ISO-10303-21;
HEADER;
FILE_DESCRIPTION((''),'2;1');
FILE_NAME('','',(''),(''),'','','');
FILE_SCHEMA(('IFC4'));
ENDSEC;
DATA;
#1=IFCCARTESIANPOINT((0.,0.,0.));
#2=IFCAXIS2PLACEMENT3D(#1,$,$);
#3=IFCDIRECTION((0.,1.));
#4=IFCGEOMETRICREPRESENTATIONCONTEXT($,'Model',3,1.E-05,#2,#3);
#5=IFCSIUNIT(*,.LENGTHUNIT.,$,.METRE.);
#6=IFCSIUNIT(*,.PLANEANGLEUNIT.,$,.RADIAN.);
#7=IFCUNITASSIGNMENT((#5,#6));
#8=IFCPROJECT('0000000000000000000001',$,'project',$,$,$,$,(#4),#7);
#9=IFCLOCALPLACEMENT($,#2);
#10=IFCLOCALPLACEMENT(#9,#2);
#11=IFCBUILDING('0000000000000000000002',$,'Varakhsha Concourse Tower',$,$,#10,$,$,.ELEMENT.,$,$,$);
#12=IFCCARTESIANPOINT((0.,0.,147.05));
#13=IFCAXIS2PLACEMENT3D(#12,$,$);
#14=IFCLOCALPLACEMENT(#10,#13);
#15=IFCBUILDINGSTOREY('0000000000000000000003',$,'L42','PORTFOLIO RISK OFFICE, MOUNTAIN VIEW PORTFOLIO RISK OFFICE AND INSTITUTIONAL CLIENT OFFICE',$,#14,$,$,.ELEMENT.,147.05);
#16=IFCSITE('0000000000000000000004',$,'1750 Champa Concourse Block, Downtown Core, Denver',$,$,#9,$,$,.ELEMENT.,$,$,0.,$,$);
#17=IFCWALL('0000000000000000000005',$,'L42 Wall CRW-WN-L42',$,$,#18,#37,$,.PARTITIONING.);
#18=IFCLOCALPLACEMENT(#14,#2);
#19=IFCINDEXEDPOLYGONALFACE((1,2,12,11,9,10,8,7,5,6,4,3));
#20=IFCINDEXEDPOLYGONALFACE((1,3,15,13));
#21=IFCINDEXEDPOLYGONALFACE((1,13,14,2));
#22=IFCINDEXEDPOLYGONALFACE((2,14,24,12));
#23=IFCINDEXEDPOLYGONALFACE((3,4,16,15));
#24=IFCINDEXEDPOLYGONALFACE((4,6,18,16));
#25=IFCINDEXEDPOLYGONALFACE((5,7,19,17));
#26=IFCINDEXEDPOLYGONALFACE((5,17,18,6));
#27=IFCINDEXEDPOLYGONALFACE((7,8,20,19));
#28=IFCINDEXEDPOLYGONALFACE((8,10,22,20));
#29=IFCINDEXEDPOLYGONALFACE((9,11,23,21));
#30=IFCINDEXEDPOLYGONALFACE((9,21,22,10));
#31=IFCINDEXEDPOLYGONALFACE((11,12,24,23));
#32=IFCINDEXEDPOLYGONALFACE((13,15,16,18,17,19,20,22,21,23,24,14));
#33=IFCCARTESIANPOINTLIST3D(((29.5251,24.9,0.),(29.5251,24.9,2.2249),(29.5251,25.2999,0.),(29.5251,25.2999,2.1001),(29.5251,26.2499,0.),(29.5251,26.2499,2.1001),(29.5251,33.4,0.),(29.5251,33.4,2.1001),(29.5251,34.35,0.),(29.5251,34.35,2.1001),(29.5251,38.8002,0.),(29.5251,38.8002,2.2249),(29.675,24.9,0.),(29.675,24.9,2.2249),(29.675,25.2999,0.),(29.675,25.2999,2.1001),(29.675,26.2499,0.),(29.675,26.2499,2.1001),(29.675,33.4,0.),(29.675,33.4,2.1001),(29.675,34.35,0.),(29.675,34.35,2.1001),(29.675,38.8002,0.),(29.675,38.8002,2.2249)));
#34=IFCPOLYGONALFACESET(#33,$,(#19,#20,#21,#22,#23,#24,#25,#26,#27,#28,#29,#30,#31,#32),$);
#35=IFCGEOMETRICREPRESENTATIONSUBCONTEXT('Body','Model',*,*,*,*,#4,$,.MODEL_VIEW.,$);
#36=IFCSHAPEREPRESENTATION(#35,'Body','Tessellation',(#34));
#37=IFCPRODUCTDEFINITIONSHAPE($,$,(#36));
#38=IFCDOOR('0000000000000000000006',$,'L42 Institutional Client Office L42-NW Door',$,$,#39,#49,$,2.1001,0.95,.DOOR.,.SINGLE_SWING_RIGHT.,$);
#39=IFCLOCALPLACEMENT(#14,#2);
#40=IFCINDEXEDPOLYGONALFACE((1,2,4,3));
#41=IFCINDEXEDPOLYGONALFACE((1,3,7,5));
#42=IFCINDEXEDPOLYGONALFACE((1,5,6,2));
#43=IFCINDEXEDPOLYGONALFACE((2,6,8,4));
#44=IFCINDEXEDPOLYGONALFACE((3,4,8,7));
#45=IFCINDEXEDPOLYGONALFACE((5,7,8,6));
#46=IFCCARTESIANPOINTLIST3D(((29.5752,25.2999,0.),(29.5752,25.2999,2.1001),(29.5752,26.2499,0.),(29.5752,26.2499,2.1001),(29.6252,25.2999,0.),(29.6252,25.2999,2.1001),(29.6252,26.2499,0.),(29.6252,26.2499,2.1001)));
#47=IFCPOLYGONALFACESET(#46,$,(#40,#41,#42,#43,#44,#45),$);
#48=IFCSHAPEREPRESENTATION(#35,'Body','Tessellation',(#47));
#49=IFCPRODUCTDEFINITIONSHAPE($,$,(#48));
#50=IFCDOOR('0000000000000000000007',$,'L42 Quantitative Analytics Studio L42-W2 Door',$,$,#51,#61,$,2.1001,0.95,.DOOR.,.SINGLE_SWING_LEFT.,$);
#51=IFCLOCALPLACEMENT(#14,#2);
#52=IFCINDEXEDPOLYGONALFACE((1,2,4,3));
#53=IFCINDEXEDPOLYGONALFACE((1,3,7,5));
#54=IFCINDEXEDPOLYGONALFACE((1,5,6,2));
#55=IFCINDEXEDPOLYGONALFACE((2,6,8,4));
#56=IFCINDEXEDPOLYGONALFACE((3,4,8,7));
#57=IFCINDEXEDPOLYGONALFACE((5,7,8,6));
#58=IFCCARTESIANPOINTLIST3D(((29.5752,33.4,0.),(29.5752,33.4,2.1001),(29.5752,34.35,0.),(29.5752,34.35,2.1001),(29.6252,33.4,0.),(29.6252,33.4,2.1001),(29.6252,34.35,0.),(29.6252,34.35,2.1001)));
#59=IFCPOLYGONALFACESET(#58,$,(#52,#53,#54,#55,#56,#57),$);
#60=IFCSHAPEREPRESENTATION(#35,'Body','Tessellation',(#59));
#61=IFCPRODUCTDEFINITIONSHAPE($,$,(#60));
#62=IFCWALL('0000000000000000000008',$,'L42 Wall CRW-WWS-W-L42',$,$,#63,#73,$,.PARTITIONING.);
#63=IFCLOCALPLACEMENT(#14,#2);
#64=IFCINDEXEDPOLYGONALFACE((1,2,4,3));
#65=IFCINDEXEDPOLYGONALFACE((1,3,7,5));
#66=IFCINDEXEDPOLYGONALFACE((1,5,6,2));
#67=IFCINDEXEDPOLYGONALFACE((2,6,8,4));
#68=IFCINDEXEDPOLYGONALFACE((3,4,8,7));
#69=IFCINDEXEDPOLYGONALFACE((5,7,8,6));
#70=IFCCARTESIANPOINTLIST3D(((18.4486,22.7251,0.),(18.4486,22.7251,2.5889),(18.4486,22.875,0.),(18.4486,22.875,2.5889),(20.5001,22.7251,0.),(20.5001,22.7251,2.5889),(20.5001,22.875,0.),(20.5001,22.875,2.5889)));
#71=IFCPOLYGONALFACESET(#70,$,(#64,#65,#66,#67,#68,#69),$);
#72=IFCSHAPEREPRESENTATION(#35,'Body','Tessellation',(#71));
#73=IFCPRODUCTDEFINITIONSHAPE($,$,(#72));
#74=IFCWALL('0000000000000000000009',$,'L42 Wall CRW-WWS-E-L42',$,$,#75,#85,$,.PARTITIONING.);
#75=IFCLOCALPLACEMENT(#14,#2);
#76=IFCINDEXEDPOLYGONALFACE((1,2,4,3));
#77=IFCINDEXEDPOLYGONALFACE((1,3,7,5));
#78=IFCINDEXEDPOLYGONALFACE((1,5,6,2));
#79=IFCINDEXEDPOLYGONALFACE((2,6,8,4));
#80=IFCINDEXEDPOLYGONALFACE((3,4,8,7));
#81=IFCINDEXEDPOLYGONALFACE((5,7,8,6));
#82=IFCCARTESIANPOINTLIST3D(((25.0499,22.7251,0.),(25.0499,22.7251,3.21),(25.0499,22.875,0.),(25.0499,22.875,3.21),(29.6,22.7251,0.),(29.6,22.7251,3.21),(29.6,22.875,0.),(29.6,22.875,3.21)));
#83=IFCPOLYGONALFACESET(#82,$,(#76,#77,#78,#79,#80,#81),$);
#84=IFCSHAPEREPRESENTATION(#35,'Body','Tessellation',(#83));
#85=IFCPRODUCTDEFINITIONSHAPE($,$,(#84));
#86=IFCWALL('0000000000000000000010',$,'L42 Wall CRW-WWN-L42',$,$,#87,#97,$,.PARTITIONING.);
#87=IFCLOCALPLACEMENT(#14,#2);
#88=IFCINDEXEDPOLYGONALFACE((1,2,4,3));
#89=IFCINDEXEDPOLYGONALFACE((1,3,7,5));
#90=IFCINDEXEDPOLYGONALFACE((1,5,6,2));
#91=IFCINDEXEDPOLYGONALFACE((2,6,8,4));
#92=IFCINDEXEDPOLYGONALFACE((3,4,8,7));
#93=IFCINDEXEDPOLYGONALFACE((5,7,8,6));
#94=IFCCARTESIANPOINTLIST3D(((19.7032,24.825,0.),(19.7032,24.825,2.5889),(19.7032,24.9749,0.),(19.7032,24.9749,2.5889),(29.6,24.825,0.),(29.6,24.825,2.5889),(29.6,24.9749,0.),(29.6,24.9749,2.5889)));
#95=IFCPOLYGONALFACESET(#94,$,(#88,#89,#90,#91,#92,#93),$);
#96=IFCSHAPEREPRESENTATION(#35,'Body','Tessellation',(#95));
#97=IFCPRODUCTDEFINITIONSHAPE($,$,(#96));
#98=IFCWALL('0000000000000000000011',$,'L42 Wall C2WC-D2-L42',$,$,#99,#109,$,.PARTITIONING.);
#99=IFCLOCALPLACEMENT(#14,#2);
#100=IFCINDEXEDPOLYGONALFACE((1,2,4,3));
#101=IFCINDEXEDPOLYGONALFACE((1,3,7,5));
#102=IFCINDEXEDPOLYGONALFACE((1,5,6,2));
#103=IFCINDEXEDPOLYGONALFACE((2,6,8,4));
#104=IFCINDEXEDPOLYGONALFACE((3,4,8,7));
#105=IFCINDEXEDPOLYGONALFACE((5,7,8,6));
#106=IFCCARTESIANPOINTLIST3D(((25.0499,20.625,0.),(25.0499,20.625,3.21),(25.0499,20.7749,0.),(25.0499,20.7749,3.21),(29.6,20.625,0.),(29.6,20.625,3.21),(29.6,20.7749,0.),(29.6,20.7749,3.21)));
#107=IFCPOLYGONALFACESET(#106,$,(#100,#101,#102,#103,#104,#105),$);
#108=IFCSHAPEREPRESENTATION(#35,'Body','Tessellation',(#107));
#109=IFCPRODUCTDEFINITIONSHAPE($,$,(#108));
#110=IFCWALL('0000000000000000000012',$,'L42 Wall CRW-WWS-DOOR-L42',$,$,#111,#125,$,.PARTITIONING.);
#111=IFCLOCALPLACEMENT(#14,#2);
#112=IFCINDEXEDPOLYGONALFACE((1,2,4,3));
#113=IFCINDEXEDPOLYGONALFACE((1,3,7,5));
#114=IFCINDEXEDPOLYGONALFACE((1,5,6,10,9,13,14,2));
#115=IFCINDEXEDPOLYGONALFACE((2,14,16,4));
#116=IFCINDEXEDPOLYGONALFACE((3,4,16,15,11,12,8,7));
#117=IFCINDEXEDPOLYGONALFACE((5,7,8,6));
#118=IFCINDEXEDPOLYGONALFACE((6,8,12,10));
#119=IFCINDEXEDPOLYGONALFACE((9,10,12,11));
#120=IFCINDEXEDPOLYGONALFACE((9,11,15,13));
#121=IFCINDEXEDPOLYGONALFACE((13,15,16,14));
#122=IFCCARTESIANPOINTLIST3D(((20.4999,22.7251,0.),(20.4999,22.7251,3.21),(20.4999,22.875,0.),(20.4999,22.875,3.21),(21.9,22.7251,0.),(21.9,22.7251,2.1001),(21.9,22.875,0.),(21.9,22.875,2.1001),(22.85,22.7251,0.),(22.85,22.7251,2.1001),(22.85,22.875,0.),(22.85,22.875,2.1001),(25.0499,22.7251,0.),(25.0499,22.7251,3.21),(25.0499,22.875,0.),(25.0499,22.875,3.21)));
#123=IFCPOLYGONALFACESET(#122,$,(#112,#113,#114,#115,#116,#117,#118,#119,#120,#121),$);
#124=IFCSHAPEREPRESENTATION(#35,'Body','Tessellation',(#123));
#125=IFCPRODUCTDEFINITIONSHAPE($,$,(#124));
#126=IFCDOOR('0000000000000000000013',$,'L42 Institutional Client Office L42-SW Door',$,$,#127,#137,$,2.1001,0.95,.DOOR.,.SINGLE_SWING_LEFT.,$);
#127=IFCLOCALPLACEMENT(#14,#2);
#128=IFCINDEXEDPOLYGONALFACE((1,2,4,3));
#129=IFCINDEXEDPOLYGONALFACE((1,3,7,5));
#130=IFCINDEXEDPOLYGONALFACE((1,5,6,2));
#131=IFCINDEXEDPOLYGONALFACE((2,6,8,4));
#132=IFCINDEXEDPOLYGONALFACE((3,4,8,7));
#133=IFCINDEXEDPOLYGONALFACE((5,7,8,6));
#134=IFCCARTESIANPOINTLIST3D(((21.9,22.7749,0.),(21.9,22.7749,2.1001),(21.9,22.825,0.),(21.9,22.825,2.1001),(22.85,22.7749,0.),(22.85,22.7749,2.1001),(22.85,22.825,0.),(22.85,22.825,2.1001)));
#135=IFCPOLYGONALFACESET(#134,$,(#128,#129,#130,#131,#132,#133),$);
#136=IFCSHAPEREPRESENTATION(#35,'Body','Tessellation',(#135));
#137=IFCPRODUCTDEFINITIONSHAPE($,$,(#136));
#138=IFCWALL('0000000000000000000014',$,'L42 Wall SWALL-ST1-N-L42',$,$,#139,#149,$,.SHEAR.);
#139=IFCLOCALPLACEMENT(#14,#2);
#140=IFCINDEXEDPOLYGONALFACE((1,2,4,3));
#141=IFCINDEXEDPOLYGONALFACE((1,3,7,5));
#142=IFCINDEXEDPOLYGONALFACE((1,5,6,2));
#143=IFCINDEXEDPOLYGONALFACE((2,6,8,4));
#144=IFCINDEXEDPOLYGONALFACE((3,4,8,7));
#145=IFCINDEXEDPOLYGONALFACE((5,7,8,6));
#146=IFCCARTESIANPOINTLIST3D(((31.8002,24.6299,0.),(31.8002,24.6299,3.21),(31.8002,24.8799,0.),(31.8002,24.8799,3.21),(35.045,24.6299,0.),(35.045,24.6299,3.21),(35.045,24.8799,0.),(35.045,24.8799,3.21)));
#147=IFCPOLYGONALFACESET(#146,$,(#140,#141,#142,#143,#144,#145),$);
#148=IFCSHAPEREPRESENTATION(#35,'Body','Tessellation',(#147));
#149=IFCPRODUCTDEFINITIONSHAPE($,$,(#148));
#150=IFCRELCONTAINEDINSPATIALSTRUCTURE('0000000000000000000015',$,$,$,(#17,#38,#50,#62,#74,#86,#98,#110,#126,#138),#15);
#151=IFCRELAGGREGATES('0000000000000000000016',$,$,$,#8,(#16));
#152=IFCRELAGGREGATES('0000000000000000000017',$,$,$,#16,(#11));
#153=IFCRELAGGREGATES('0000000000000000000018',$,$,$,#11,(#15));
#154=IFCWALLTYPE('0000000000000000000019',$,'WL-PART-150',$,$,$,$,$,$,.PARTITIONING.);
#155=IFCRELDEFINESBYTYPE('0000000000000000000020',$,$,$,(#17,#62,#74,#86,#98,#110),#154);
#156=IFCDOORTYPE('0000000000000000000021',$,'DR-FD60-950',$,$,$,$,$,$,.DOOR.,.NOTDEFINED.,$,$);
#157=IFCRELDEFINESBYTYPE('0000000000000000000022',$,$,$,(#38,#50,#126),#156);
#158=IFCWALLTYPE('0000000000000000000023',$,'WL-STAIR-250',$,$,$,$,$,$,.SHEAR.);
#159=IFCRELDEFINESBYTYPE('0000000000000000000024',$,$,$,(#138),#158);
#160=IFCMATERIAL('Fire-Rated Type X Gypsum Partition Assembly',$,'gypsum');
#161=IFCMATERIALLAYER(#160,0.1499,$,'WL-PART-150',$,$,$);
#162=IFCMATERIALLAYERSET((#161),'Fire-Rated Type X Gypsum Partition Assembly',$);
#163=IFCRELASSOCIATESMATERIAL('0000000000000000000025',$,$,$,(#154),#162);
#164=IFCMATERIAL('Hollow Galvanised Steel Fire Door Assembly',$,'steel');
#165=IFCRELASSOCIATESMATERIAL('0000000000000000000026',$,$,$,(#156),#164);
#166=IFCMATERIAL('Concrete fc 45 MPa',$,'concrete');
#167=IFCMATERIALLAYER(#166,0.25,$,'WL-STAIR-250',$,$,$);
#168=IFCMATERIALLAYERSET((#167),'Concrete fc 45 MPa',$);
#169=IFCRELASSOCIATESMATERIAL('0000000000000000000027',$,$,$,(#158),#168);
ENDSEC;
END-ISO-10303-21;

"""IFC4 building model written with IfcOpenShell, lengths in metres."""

from ifc_helpers import new_model, si_unit, direction, frame, frame_2d, origin, place, context, subcontext, project, spatial, rectangle, extrude, material, layer, layer_set, type_object, element, fill, save


model = new_model("IFC4")

# Units and contexts
model_context = context("Model", 3, precision=1e-05, world=origin(), true_north=direction((0.0, 1.0)))
body_context = subcontext(model_context, "Body", "Model", "MODEL_VIEW")
ifc_project = project(units=[si_unit("LENGTHUNIT", "METRE"), si_unit("PLANEANGLEUNIT", "RADIAN")], contexts=[model_context])

# Site, building, storey
site_placement = place(None, origin())
site = spatial("IfcSite", under=ifc_project, at=site_placement, Name="1750 Champa Concourse Block, Downtown Core, Denver", CompositionType="ELEMENT", RefElevation=0.0)
building_placement = place(site_placement, origin())
building = spatial("IfcBuilding", under=site, at=building_placement, Name="Varakhsha Concourse Tower", CompositionType="ELEMENT")
storey_placement = place(building_placement, frame((0.0, 0.0, 147.05)))
storey = spatial("IfcBuildingStorey", under=building, at=storey_placement, Name="L42", Description="PORTFOLIO RISK OFFICE, MOUNTAIN VIEW PORTFOLIO RISK OFFICE AND INSTITUTIONAL CLIENT OFFICE", CompositionType="ELEMENT", Elevation=147.05)

# Wall, openings, doors
ifc_material_1 = material(Name="Fire-Rated Type X Gypsum Partition Assembly", Category="gypsum")
ifc_layer_1 = layer(ifc_material_1, 0.1499, Name="WL-PART-150")
ifc_layer_set_1 = layer_set([ifc_layer_1], Name="Fire-Rated Type X Gypsum Partition Assembly")
wall_type_1 = type_object("IfcWallType", Name="WL-PART-150", PredefinedType="PARTITIONING", material=ifc_layer_set_1)
wall_1_placement = place(storey_placement, frame((29.6001, 24.8999, 0.0), z_axis=(0.0, 0.0, 1.0), x_axis=(0.0, 1.0, 0.0)))
wall_1 = element("IfcWall", 1, at=wall_1_placement, inside=storey, type_object=wall_type_1, Name="L42 Wall CRW-WN-L42", PredefinedType="PARTITIONING", context=body_context, shape_type="SweptSolid", body=[
    extrude(rectangle(XDim=13.9001, YDim=0.1499, at=frame_2d((6.9502, 0.0))), origin(), (0.0, 0.0, 1.0), 2.2249),
])
opening_1_placement = place(wall_1_placement, frame((0.3999, 0.0, 0.0)))
opening_1 = element("IfcOpeningElement", 2, at=opening_1_placement, cuts=wall_1, PredefinedType="OPENING", context=body_context, shape_type="SweptSolid", body=[
    extrude(rectangle(XDim=0.95, YDim=2.1001, at=frame_2d((0.4751, 1.05))), frame((0.0, 0.085, 0.0), z_axis=(0.0, -1.0, 0.0), x_axis=(1.0, 0.0, 0.0)), (0.0, 0.0, 1.0), 0.1699),
])
opening_2_placement = place(wall_1_placement, frame((8.5, 0.0, 0.0)))
opening_2 = element("IfcOpeningElement", 3, at=opening_2_placement, cuts=wall_1, PredefinedType="OPENING", context=body_context, shape_type="SweptSolid", body=[
    extrude(rectangle(XDim=0.95, YDim=2.1001, at=frame_2d((0.4751, 1.05))), frame((0.0, 0.085, 0.0), z_axis=(0.0, -1.0, 0.0), x_axis=(1.0, 0.0, 0.0)), (0.0, 0.0, 1.0), 0.1699),
])
ifc_material_2 = material(Name="Hollow Galvanised Steel Fire Door Assembly", Category="steel")
door_type_1 = type_object("IfcDoorType", Name="DR-FD60-950", OperationType="NOTDEFINED", PredefinedType="DOOR", material=ifc_material_2)
door_1_placement = place(opening_1_placement, origin())
door_1 = element("IfcDoor", 4, at=door_1_placement, inside=storey, type_object=door_type_1, Name="L42 Institutional Client Office L42-NW Door", OperationType="SINGLE_SWING_RIGHT", OverallHeight=2.1001, OverallWidth=0.95, PredefinedType="DOOR", context=body_context, shape_type="SweptSolid", body=[
    extrude(rectangle(XDim=0.95, YDim=2.1001, at=frame_2d((0.4751, 1.05))), frame((0.0, 0.0249, 0.0), z_axis=(0.0, -1.0, 0.0), x_axis=(1.0, 0.0, 0.0)), (0.0, 0.0, 1.0), 0.05),
])
fill(opening_1, door_1)
door_2_placement = place(opening_2_placement, origin())
door_2 = element("IfcDoor", 5, at=door_2_placement, inside=storey, type_object=door_type_1, Name="L42 Quantitative Analytics Studio L42-W2 Door", OperationType="SINGLE_SWING_LEFT", OverallHeight=2.1001, OverallWidth=0.95, PredefinedType="DOOR", context=body_context, shape_type="SweptSolid", body=[
    extrude(rectangle(XDim=0.95, YDim=2.1001, at=frame_2d((0.4751, 1.05))), frame((0.0, 0.0249, 0.0), z_axis=(0.0, -1.0, 0.0), x_axis=(1.0, 0.0, 0.0)), (0.0, 0.0, 1.0), 0.05),
])
fill(opening_2, door_2)

# Walls
wall_2_placement = place(storey_placement, frame((18.4485, 22.8, 0.0), z_axis=(0.0, 0.0, 1.0), x_axis=(1.0, 0.0, 0.0)))
element("IfcWall", 6, at=wall_2_placement, inside=storey, type_object=wall_type_1, Name="L42 Wall CRW-WWS-W-L42", PredefinedType="PARTITIONING", context=body_context, shape_type="SweptSolid", body=[
    extrude(rectangle(XDim=2.0515, YDim=0.1499, at=frame_2d((1.0259, 0.0))), origin(), (0.0, 0.0, 1.0), 2.5889),
])
wall_3_placement = place(storey_placement, frame((25.05, 22.8, 0.0), z_axis=(0.0, 0.0, 1.0), x_axis=(1.0, 0.0, 0.0)))
element("IfcWall", 7, at=wall_3_placement, inside=storey, type_object=wall_type_1, Name="L42 Wall CRW-WWS-E-L42", PredefinedType="PARTITIONING", context=body_context, shape_type="SweptSolid", body=[
    extrude(rectangle(XDim=4.55, YDim=0.1499, at=frame_2d((2.2749, 0.0))), origin(), (0.0, 0.0, 1.0), 3.21),
])
wall_4_placement = place(storey_placement, frame((19.7034, 24.8999, 0.0), z_axis=(0.0, 0.0, 1.0), x_axis=(1.0, 0.0, 0.0)))
element("IfcWall", 8, at=wall_4_placement, inside=storey, type_object=wall_type_1, Name="L42 Wall CRW-WWN-L42", PredefinedType="PARTITIONING", context=body_context, shape_type="SweptSolid", body=[
    extrude(rectangle(XDim=9.8967, YDim=0.1499, at=frame_2d((4.9482, 0.0))), origin(), (0.0, 0.0, 1.0), 2.5889),
])
wall_5_placement = place(storey_placement, frame((25.05, 20.7, 0.0), z_axis=(0.0, 0.0, 1.0), x_axis=(1.0, 0.0, 0.0)))
element("IfcWall", 9, at=wall_5_placement, inside=storey, type_object=wall_type_1, Name="L42 Wall C2WC-D2-L42", PredefinedType="PARTITIONING", context=body_context, shape_type="SweptSolid", body=[
    extrude(rectangle(XDim=4.55, YDim=0.1499, at=frame_2d((2.2749, 0.0))), origin(), (0.0, 0.0, 1.0), 3.21),
])

# Wall, opening, door
wall_6_placement = place(storey_placement, frame((20.5, 22.8, 0.0), z_axis=(0.0, 0.0, 1.0), x_axis=(1.0, 0.0, 0.0)))
wall_6 = element("IfcWall", 10, at=wall_6_placement, inside=storey, type_object=wall_type_1, Name="L42 Wall CRW-WWS-DOOR-L42", PredefinedType="PARTITIONING", context=body_context, shape_type="SweptSolid", body=[
    extrude(rectangle(XDim=4.55, YDim=0.1499, at=frame_2d((2.2749, 0.0))), origin(), (0.0, 0.0, 1.0), 3.21),
])
opening_3_placement = place(wall_6_placement, frame((1.3999, 0.0, 0.0)))
opening_3 = element("IfcOpeningElement", 11, at=opening_3_placement, cuts=wall_6, PredefinedType="OPENING", context=body_context, shape_type="SweptSolid", body=[
    extrude(rectangle(XDim=0.95, YDim=2.1001, at=frame_2d((0.4751, 1.05))), frame((0.0, 0.085, 0.0), z_axis=(0.0, -1.0, 0.0), x_axis=(1.0, 0.0, 0.0)), (0.0, 0.0, 1.0), 0.1699),
])
door_3_placement = place(opening_3_placement, origin())
door_3 = element("IfcDoor", 12, at=door_3_placement, inside=storey, type_object=door_type_1, Name="L42 Institutional Client Office L42-SW Door", OperationType="SINGLE_SWING_LEFT", OverallHeight=2.1001, OverallWidth=0.95, PredefinedType="DOOR", context=body_context, shape_type="SweptSolid", body=[
    extrude(rectangle(XDim=0.95, YDim=2.1001, at=frame_2d((0.4751, 1.05))), frame((0.0, 0.0249, 0.0), z_axis=(0.0, -1.0, 0.0), x_axis=(1.0, 0.0, 0.0)), (0.0, 0.0, 1.0), 0.05),
])
fill(opening_3, door_3)

# Wall
ifc_material_3 = material(Name="Concrete fc 45 MPa", Category="concrete")
ifc_layer_2 = layer(ifc_material_3, 0.25, Name="WL-STAIR-250")
ifc_layer_set_2 = layer_set([ifc_layer_2], Name="Concrete fc 45 MPa")
wall_type_2 = type_object("IfcWallType", Name="WL-STAIR-250", PredefinedType="SHEAR", material=ifc_layer_set_2)
wall_7_placement = place(storey_placement, frame((31.8, 24.7549, 0.0), z_axis=(0.0, 0.0, 1.0), x_axis=(1.0, 0.0, 0.0)))
element("IfcWall", 13, at=wall_7_placement, inside=storey, type_object=wall_type_2, Name="L42 Wall SWALL-ST1-N-L42", PredefinedType="SHEAR", context=body_context, shape_type="SweptSolid", body=[
    extrude(rectangle(XDim=3.2449, YDim=0.25, at=frame_2d((1.6226, 0.0))), origin(), (0.0, 0.0, 1.0), 3.21),
])

save(model, "model.ifc")
